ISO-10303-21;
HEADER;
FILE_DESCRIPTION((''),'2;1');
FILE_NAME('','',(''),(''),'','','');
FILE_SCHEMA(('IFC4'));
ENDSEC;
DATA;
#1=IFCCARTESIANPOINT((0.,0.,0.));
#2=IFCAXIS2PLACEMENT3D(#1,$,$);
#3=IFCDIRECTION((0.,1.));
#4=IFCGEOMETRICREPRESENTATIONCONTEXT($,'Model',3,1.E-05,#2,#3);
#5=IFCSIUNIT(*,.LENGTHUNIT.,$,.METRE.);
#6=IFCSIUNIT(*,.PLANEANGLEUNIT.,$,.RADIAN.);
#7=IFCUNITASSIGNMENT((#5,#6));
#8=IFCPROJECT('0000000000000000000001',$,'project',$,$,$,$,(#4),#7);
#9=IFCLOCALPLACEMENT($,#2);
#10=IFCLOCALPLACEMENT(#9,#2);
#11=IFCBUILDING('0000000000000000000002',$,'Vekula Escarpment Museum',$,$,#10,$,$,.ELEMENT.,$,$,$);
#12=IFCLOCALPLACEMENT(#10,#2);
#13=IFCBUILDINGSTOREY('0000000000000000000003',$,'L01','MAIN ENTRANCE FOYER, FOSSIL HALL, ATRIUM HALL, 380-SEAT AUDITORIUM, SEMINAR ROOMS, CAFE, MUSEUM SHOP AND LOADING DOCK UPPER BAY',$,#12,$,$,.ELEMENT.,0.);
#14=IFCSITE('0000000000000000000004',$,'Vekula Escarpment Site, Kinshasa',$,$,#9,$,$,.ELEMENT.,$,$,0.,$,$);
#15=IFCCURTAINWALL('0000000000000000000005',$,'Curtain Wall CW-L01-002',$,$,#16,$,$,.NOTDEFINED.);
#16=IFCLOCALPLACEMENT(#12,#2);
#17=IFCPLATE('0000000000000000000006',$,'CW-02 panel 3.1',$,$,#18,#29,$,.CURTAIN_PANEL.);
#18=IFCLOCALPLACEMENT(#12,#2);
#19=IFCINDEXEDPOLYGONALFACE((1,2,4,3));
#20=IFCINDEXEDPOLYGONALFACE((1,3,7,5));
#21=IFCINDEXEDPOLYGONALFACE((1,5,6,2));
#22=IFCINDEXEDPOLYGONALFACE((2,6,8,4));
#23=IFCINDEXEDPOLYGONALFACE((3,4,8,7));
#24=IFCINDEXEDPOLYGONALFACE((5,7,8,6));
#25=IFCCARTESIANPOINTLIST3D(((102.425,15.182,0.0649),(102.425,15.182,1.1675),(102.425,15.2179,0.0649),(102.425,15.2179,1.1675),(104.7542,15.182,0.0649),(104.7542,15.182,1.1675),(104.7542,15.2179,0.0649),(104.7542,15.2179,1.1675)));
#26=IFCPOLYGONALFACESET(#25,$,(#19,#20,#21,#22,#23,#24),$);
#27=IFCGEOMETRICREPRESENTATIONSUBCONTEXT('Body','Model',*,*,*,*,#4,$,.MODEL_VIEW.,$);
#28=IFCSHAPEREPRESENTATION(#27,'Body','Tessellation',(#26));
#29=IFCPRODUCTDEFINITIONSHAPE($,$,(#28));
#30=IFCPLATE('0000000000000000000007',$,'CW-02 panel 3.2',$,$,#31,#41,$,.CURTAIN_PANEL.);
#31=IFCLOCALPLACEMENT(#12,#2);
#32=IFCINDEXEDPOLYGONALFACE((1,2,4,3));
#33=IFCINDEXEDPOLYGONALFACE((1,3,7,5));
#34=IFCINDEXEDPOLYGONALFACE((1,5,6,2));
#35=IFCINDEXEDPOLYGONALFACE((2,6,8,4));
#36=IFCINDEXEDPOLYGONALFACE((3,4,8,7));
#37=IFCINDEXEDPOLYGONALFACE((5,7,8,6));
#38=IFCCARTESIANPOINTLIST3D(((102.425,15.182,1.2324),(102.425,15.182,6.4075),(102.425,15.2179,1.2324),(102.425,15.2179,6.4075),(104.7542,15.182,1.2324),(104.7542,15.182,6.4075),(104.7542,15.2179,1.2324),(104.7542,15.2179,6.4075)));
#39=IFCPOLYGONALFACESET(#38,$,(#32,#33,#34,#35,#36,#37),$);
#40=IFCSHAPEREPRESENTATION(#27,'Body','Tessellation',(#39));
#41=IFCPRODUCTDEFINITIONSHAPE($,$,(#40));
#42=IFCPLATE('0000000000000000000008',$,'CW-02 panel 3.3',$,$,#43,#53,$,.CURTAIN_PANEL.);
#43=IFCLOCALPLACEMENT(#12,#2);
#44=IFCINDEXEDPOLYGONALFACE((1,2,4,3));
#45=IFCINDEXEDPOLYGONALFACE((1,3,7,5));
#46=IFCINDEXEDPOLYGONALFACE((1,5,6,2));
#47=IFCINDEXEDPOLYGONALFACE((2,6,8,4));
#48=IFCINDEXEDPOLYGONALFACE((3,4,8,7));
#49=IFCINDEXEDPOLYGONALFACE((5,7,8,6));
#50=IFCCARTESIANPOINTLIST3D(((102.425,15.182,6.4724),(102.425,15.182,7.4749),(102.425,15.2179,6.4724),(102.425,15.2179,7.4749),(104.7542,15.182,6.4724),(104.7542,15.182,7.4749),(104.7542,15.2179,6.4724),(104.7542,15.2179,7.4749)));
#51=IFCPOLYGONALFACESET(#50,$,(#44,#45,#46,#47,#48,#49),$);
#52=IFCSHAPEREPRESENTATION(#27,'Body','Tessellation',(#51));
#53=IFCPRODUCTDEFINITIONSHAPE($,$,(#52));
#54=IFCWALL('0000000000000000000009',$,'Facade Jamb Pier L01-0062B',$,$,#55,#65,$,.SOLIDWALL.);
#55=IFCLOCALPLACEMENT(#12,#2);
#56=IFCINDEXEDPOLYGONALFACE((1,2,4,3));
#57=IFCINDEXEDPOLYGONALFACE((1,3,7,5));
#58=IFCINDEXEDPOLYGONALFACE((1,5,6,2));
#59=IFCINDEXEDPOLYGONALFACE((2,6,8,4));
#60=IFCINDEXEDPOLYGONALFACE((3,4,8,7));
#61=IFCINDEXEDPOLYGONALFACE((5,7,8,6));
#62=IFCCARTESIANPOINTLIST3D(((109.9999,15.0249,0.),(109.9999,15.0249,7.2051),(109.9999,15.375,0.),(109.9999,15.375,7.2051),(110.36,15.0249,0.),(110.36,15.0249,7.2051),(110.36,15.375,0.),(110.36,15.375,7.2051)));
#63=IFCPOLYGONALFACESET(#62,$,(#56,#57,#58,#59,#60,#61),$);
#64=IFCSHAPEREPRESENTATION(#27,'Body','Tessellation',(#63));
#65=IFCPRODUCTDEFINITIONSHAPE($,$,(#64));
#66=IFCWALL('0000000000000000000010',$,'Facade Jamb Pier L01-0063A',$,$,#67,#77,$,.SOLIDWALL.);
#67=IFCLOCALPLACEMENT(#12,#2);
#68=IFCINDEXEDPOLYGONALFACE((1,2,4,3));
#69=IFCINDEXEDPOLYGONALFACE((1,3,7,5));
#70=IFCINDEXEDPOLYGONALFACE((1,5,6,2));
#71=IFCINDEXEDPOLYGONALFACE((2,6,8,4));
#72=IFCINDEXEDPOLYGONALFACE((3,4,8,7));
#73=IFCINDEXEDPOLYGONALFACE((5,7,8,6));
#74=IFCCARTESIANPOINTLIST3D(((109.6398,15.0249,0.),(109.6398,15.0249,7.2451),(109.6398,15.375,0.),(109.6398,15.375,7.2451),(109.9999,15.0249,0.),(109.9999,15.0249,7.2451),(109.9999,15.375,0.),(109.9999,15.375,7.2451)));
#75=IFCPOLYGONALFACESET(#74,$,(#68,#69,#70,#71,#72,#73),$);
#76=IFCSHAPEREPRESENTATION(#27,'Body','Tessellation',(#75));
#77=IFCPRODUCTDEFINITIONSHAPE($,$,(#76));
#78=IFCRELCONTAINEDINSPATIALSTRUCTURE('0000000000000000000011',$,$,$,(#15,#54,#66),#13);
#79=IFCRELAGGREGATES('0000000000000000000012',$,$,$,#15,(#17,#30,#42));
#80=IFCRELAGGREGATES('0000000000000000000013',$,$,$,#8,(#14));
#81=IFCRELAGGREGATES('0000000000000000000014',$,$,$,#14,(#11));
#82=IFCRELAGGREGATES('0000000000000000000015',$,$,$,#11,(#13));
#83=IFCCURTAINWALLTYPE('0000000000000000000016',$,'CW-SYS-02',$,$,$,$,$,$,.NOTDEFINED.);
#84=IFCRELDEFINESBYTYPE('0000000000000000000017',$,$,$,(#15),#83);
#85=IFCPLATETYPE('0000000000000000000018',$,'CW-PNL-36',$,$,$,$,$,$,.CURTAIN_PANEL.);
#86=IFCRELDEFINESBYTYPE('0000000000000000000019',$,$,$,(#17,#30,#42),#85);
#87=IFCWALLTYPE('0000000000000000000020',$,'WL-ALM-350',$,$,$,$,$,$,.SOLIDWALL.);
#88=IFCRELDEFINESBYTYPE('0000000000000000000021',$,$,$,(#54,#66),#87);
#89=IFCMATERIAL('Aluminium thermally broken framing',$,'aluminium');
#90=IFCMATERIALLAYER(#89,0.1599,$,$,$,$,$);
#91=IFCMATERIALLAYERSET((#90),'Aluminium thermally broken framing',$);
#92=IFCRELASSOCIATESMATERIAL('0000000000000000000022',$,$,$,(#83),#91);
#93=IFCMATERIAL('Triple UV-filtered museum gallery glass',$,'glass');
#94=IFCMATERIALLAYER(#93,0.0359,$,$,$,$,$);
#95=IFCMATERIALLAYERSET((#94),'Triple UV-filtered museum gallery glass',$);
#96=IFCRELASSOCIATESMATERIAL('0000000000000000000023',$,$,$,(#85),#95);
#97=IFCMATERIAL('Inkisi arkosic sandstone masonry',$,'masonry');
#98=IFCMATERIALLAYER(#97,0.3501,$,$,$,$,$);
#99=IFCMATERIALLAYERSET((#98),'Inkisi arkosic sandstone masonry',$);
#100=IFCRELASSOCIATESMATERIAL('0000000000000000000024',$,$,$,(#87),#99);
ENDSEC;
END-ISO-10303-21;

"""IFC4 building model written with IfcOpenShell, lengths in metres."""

from ifc_helpers import new_model, si_unit, direction, frame, frame_2d, origin, origin_2d, place, context, subcontext, project, spatial, rectangle, extrude, material, layer, layer_set, type_object, element, aggregate, save


model = new_model("IFC4")

# Units and contexts
model_context = context("Model", 3, precision=1e-05, world=origin(), true_north=direction((0.0, 1.0)))
body_context = subcontext(model_context, "Body", "Model", "MODEL_VIEW")
ifc_project = project(units=[si_unit("LENGTHUNIT", "METRE"), si_unit("PLANEANGLEUNIT", "RADIAN")], contexts=[model_context])

# Site, building, storey
site_placement = place(None, origin())
site = spatial("IfcSite", under=ifc_project, at=site_placement, Name="Vekula Escarpment Site, Kinshasa", CompositionType="ELEMENT", RefElevation=0.0)
building_placement = place(site_placement, origin())
building = spatial("IfcBuilding", under=site, at=building_placement, Name="Vekula Escarpment Museum", CompositionType="ELEMENT")
storey_placement = place(building_placement, origin())
storey = spatial("IfcBuildingStorey", under=building, at=storey_placement, Name="L01", Description="MAIN ENTRANCE FOYER, FOSSIL HALL, ATRIUM HALL, 380-SEAT AUDITORIUM, SEMINAR ROOMS, CAFE, MUSEUM SHOP AND LOADING DOCK UPPER BAY", CompositionType="ELEMENT", Elevation=0.0)

# Curtain wall
ifc_material_1 = material(Name="Aluminium thermally broken framing", Category="aluminium")
ifc_layer_1 = layer(ifc_material_1, 0.1599)
ifc_layer_set_1 = layer_set([ifc_layer_1], Name="Aluminium thermally broken framing")
curtain_wall_type_1 = type_object("IfcCurtainWallType", Name="CW-SYS-02", PredefinedType="NOTDEFINED", material=ifc_layer_set_1)
curtain_wall_1_placement = place(storey_placement, origin())
curtain_wall_1 = element("IfcCurtainWall", 1, at=curtain_wall_1_placement, inside=storey, type_object=curtain_wall_type_1, Name="Curtain Wall CW-L01-002", PredefinedType="NOTDEFINED")

# Plates
ifc_material_2 = material(Name="Triple UV-filtered museum gallery glass", Category="glass")
ifc_layer_2 = layer(ifc_material_2, 0.0359)
ifc_layer_set_2 = layer_set([ifc_layer_2], Name="Triple UV-filtered museum gallery glass")
plate_type_1 = type_object("IfcPlateType", Name="CW-PNL-36", PredefinedType="CURTAIN_PANEL", material=ifc_layer_set_2)
plate_1_placement = place(storey_placement, frame((103.5896, 15.2, 0.0649), z_axis=(0.0, 0.0, 1.0), x_axis=(-1.0, 0.0, 0.0)))
plate_1 = element("IfcPlate", 2, at=plate_1_placement, type_object=plate_type_1, Name="CW-02 panel 3.1", PredefinedType="CURTAIN_PANEL", context=body_context, shape_type="SweptSolid", body=[
    extrude(rectangle(XDim=2.3291, YDim=0.0359, at=origin_2d()), origin(), (0.0, 0.0, 1.0), 1.1025),
])
plate_2_placement = place(storey_placement, frame((103.5896, 15.2, 1.2324), z_axis=(0.0, 0.0, 1.0), x_axis=(-1.0, 0.0, 0.0)))
plate_2 = element("IfcPlate", 3, at=plate_2_placement, type_object=plate_type_1, Name="CW-02 panel 3.2", PredefinedType="CURTAIN_PANEL", context=body_context, shape_type="SweptSolid", body=[
    extrude(rectangle(XDim=2.3291, YDim=0.0359, at=origin_2d()), origin(), (0.0, 0.0, 1.0), 5.175),
])
plate_3_placement = place(storey_placement, frame((103.5896, 15.2, 6.4724), z_axis=(0.0, 0.0, 1.0), x_axis=(-1.0, 0.0, 0.0)))
plate_3 = element("IfcPlate", 4, at=plate_3_placement, type_object=plate_type_1, Name="CW-02 panel 3.3", PredefinedType="CURTAIN_PANEL", context=body_context, shape_type="SweptSolid", body=[
    extrude(rectangle(XDim=2.3291, YDim=0.0359, at=origin_2d()), origin(), (0.0, 0.0, 1.0), 1.0024),
])
aggregate(curtain_wall_1, [plate_1, plate_2, plate_3])

# Walls
ifc_material_3 = material(Name="Inkisi arkosic sandstone masonry", Category="masonry")
ifc_layer_3 = layer(ifc_material_3, 0.3501)
ifc_layer_set_3 = layer_set([ifc_layer_3], Name="Inkisi arkosic sandstone masonry")
wall_type = type_object("IfcWallType", Name="WL-ALM-350", PredefinedType="SOLIDWALL", material=ifc_layer_set_3)
wall_1_placement = place(storey_placement, frame((110.3601, 15.2, 0.0), z_axis=(0.0, 0.0, 1.0), x_axis=(-1.0, 0.0, 0.0)))
element("IfcWall", 5, at=wall_1_placement, inside=storey, type_object=wall_type, Name="Facade Jamb Pier L01-0062B", PredefinedType="SOLIDWALL", context=body_context, shape_type="SweptSolid", body=[
    extrude(rectangle(XDim=0.3601, YDim=0.3501, at=frame_2d((0.1802, 0.0))), origin(), (0.0, 0.0, 1.0), 7.2051),
])
wall_2_placement = place(storey_placement, frame((110.0, 15.2, 0.0), z_axis=(0.0, 0.0, 1.0), x_axis=(-1.0, 0.0, 0.0)))
element("IfcWall", 6, at=wall_2_placement, inside=storey, type_object=wall_type, Name="Facade Jamb Pier L01-0063A", PredefinedType="SOLIDWALL", context=body_context, shape_type="SweptSolid", body=[
    extrude(rectangle(XDim=0.3601, YDim=0.3501, at=frame_2d((0.1802, 0.0))), origin(), (0.0, 0.0, 1.0), 7.2451),
])

save(model, "model.ifc")
